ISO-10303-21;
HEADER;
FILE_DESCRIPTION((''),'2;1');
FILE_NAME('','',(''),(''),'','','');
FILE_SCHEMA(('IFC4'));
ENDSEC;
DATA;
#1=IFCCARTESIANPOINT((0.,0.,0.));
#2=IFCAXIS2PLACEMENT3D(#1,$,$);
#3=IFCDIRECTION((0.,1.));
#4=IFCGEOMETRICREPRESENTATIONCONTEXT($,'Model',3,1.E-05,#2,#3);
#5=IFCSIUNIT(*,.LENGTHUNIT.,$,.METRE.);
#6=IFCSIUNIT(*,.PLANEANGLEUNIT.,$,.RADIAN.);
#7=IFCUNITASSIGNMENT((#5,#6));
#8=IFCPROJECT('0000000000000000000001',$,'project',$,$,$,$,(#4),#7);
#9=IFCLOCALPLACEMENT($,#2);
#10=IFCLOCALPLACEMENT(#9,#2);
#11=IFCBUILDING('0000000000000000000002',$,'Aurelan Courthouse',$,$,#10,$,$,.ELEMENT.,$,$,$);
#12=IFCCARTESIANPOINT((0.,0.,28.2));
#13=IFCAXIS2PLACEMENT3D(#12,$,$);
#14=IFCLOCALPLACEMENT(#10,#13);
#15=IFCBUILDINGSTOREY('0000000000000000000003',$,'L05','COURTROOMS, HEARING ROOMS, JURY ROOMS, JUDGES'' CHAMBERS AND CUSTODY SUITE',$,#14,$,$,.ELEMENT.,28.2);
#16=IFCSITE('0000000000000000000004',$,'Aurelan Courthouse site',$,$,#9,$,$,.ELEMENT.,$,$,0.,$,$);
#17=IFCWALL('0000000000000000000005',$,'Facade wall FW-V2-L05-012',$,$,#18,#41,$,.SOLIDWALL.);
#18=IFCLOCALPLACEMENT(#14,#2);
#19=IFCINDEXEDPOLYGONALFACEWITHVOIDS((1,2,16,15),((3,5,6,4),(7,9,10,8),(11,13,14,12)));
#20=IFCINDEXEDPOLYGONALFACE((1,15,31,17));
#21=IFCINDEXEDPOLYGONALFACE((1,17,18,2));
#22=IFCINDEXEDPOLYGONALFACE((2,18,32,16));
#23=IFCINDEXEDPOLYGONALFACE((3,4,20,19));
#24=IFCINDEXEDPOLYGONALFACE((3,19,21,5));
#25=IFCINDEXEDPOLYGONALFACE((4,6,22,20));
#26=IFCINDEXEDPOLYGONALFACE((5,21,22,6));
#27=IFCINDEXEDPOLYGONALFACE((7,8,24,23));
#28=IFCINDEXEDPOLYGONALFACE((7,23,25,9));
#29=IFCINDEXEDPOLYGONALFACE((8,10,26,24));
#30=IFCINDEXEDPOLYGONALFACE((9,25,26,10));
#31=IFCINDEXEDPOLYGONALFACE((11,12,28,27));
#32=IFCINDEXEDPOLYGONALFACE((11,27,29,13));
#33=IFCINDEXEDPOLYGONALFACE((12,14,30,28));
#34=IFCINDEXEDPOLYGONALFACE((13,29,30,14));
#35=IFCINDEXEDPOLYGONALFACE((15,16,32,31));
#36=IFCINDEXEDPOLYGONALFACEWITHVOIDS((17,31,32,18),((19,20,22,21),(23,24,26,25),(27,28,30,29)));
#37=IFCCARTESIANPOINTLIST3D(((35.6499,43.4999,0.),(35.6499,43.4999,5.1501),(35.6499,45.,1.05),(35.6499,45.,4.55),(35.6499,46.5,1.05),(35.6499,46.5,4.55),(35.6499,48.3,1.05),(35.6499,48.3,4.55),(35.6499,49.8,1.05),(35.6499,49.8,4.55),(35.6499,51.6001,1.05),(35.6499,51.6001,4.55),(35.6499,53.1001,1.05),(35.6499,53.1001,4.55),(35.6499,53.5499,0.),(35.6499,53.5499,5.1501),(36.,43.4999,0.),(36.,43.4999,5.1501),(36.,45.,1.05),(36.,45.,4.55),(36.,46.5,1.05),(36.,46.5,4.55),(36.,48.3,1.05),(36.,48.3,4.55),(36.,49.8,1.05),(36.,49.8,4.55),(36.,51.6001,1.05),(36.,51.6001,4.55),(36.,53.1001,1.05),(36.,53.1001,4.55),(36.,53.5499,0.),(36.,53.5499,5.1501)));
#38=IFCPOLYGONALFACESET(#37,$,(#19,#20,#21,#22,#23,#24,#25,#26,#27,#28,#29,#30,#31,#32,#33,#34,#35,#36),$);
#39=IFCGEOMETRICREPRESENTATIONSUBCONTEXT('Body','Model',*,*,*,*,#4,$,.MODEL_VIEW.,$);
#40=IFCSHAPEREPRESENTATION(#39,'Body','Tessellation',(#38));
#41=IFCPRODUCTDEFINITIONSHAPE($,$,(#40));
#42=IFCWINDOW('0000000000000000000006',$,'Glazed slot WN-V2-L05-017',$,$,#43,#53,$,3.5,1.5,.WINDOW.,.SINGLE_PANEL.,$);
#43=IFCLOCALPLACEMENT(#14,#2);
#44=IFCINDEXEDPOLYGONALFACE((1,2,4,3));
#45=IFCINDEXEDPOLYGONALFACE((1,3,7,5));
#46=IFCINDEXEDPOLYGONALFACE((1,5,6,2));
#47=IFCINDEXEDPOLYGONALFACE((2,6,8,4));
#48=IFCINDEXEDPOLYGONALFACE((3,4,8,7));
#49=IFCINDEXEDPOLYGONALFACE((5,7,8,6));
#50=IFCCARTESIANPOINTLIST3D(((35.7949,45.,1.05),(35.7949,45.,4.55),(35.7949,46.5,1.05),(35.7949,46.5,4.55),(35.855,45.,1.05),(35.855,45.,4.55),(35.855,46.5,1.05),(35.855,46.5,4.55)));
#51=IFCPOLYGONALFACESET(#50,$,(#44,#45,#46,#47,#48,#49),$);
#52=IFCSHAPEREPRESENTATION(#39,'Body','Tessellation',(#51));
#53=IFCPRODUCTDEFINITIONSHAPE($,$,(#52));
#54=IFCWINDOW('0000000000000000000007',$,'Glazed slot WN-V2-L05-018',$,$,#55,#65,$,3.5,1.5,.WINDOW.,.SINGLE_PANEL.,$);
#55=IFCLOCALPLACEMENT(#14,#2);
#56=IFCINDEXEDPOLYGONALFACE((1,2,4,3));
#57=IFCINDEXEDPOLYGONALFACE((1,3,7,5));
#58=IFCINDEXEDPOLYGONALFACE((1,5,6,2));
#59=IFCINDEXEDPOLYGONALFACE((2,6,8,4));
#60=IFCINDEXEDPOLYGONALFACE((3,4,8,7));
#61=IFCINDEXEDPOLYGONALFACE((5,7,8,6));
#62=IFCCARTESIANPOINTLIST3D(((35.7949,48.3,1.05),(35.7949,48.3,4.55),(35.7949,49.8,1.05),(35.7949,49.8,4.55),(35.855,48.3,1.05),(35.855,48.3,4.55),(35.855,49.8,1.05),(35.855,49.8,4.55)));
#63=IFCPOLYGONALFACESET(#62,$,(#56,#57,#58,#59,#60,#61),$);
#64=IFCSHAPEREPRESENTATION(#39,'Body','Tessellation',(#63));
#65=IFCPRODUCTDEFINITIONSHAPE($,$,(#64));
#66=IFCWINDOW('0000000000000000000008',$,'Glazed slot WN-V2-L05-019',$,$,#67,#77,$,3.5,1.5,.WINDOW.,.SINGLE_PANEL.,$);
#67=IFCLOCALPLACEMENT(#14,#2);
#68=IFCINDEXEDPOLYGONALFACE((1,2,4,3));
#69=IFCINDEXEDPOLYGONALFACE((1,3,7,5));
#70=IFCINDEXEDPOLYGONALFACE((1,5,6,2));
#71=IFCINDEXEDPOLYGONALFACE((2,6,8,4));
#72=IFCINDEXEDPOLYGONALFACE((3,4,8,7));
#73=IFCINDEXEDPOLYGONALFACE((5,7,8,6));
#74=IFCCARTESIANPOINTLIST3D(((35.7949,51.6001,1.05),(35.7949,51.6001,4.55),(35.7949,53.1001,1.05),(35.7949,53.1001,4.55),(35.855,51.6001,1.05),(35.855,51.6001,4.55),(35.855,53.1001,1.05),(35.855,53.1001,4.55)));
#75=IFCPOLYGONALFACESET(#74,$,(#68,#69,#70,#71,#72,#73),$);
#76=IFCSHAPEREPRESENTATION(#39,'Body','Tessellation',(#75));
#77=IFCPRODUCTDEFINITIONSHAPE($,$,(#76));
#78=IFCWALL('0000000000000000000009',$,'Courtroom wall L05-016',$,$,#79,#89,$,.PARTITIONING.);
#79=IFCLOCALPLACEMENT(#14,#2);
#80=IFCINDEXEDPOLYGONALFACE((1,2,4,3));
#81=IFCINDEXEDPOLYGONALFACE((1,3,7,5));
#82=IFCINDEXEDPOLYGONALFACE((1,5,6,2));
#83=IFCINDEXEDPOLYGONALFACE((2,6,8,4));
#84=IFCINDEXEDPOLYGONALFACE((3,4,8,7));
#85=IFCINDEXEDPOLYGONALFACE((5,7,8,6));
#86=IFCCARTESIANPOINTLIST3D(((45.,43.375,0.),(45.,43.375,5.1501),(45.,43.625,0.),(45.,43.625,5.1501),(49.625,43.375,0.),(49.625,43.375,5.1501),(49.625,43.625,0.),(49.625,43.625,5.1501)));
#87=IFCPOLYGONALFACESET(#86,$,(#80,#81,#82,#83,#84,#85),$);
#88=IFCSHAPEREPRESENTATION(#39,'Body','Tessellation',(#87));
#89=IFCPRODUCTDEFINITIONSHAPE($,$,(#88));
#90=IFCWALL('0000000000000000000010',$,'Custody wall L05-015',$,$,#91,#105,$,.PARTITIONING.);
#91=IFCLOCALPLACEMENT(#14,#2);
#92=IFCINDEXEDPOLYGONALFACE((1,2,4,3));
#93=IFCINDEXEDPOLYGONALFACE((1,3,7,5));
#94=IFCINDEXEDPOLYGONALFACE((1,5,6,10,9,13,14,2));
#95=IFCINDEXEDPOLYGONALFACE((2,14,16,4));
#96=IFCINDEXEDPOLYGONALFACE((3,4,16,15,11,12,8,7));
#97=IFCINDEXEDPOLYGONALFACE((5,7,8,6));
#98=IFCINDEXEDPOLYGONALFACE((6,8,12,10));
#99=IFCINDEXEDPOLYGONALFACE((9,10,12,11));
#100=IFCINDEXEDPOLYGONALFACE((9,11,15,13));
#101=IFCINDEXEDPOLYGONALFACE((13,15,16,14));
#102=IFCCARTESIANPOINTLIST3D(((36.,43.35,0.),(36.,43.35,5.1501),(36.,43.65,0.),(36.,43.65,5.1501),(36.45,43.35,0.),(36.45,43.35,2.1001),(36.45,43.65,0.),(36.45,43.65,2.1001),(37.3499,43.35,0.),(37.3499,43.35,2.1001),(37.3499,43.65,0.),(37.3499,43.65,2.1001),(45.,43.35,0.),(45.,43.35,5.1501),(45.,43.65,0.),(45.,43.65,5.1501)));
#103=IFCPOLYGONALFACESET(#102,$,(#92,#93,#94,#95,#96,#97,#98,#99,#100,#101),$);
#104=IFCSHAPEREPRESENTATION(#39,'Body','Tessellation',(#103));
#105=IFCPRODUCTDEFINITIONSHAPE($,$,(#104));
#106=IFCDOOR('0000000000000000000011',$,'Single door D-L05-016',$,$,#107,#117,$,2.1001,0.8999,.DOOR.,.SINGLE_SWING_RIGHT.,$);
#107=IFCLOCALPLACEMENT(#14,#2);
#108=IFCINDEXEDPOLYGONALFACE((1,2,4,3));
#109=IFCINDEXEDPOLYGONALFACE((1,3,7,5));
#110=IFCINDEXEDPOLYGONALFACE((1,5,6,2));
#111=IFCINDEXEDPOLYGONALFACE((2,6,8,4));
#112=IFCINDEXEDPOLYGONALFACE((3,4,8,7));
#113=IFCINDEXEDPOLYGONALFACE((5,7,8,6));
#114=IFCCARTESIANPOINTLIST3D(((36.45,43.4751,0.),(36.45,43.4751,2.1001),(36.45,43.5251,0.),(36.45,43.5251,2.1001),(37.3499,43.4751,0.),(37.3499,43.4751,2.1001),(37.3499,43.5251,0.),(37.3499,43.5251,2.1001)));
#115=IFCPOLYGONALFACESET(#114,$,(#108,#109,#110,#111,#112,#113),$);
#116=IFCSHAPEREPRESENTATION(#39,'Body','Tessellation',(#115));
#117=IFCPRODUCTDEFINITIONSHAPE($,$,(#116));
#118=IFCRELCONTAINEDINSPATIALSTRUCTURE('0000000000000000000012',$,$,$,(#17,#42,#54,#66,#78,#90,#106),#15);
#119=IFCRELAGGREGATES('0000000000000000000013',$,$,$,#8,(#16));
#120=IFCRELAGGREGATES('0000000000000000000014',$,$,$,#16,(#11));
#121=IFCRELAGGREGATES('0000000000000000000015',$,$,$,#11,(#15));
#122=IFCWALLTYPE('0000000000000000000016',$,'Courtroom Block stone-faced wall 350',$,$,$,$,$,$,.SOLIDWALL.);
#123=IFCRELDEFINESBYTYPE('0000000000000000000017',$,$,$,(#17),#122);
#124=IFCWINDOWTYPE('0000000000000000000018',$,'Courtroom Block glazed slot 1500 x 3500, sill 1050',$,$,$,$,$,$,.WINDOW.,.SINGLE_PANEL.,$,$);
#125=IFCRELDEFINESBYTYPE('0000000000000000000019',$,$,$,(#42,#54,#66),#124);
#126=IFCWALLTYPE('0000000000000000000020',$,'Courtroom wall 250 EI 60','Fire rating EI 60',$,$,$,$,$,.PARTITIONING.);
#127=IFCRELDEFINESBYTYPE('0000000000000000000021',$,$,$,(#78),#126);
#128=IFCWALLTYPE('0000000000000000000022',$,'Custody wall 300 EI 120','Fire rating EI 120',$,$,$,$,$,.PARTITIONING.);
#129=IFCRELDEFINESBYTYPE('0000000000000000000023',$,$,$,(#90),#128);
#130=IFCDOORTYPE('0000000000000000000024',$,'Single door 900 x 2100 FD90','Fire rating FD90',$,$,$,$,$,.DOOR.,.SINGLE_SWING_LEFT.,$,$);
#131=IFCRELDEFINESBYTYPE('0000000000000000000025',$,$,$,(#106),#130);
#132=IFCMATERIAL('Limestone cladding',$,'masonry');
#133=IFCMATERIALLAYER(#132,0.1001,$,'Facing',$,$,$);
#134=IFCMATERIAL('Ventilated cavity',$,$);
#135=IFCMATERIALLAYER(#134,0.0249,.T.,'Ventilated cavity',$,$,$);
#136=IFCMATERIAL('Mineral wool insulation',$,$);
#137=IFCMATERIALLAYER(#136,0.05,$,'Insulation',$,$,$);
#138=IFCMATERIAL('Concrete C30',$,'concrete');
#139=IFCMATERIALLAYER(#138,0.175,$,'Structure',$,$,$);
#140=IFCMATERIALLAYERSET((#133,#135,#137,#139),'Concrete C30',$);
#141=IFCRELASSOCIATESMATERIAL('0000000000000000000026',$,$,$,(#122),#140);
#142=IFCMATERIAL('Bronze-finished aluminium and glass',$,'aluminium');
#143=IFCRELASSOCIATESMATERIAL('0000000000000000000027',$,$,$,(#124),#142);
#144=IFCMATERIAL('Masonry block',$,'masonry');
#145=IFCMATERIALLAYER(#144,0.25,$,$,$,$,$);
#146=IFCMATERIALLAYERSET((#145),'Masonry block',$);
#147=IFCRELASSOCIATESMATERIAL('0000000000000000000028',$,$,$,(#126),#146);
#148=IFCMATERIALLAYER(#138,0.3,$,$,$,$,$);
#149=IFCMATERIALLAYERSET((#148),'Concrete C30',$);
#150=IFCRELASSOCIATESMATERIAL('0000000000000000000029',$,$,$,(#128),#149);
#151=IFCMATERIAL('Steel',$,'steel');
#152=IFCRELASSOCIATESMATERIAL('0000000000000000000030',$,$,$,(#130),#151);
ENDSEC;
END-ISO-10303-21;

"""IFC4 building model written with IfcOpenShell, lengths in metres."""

from ifc_helpers import new_model, si_unit, direction, frame, frame_2d, origin, place, context, subcontext, project, spatial, rectangle, extrude, material, layer, layer_set, type_object, element, fill, save


model = new_model("IFC4")

# Units and contexts
model_context = context("Model", 3, precision=1e-05, world=origin(), true_north=direction((0.0, 1.0)))
body_context = subcontext(model_context, "Body", "Model", "MODEL_VIEW")
ifc_project = project(units=[si_unit("LENGTHUNIT", "METRE"), si_unit("PLANEANGLEUNIT", "RADIAN")], contexts=[model_context])

# Site, building, storey
site_placement = place(None, origin())
site = spatial("IfcSite", under=ifc_project, at=site_placement, Name="Aurelan Courthouse site", CompositionType="ELEMENT", RefElevation=0.0)
building_placement = place(site_placement, origin())
building = spatial("IfcBuilding", under=site, at=building_placement, Name="Aurelan Courthouse", CompositionType="ELEMENT")
storey_placement = place(building_placement, frame((0.0, 0.0, 28.2)))
storey = spatial("IfcBuildingStorey", under=building, at=storey_placement, Name="L05", Description="COURTROOMS, HEARING ROOMS, JURY ROOMS, JUDGES' CHAMBERS AND CUSTODY SUITE", CompositionType="ELEMENT", Elevation=28.2)

# Shared definitions
ifc_material_1 = material(Name="Steel", Category="steel")

# Wall, openings, windows
ifc_material_2 = material(Name="Limestone cladding", Category="masonry")
ifc_layer_1 = layer(ifc_material_2, 0.1001, Name="Facing")
ifc_material_3 = material(Name="Ventilated cavity")
ifc_layer_2 = layer(ifc_material_3, 0.0249, ventilated=True, Name="Ventilated cavity")
ifc_material_4 = material(Name="Mineral wool insulation")
ifc_layer_3 = layer(ifc_material_4, 0.05, Name="Insulation")
ifc_material_5 = material(Name="Concrete C30", Category="concrete")
ifc_layer_4 = layer(ifc_material_5, 0.175, Name="Structure")
ifc_layer_set_1 = layer_set([ifc_layer_1, ifc_layer_2, ifc_layer_3, ifc_layer_4], Name="Concrete C30")
wall_type_1 = type_object("IfcWallType", Name="Courtroom Block stone-faced wall 350", PredefinedType="SOLIDWALL", material=ifc_layer_set_1)
ifc_material_6 = material(Name="Bronze-finished aluminium and glass", Category="aluminium")
window_type = type_object("IfcWindowType", Name="Courtroom Block glazed slot 1500 x 3500, sill 1050", PartitioningType="SINGLE_PANEL", PredefinedType="WINDOW", material=ifc_material_6)
wall_1_placement = place(storey_placement, frame((35.825, 43.5, 0.0), z_axis=(0.0, 0.0, 1.0), x_axis=(0.0, 1.0, 0.0)))
wall_1 = element("IfcWall", 1, at=wall_1_placement, inside=storey, type_object=wall_type_1, Name="Facade wall FW-V2-L05-012", PredefinedType="SOLIDWALL", context=body_context, shape_type="SweptSolid", body=[
    extrude(rectangle(XDim=10.05, YDim=0.3501, at=frame_2d((5.0249, 0.0))), origin(), (0.0, 0.0, 1.0), 5.1501),
])
opening_1_placement = place(wall_1_placement, frame((1.5, 0.0, 1.05)))
opening_1 = element("IfcOpeningElement", 2, at=opening_1_placement, cuts=wall_1, PredefinedType="OPENING", context=body_context, shape_type="SweptSolid", body=[
    extrude(rectangle(XDim=1.5, YDim=3.5, at=frame_2d((0.75, 1.75))), frame((0.0, 0.1851, 0.0), z_axis=(0.0, -1.0, 0.0), x_axis=(1.0, 0.0, 0.0)), (0.0, 0.0, 1.0), 0.3701),
])
opening_2_placement = place(wall_1_placement, frame((4.8, 0.0, 1.05)))
opening_2 = element("IfcOpeningElement", 3, at=opening_2_placement, cuts=wall_1, PredefinedType="OPENING", context=body_context, shape_type="SweptSolid", body=[
    extrude(rectangle(XDim=1.5, YDim=3.5, at=frame_2d((0.75, 1.75))), frame((0.0, 0.1851, 0.0), z_axis=(0.0, -1.0, 0.0), x_axis=(1.0, 0.0, 0.0)), (0.0, 0.0, 1.0), 0.3701),
])
opening_3_placement = place(wall_1_placement, frame((8.1001, 0.0, 1.05)))
opening_3 = element("IfcOpeningElement", 4, at=opening_3_placement, cuts=wall_1, PredefinedType="OPENING", context=body_context, shape_type="SweptSolid", body=[
    extrude(rectangle(XDim=1.5, YDim=3.5, at=frame_2d((0.75, 1.75))), frame((0.0, 0.1851, 0.0), z_axis=(0.0, -1.0, 0.0), x_axis=(1.0, 0.0, 0.0)), (0.0, 0.0, 1.0), 0.3701),
])
window_1_placement = place(opening_1_placement, origin())
window_1 = element("IfcWindow", 5, at=window_1_placement, inside=storey, type_object=window_type, Name="Glazed slot WN-V2-L05-017", OverallHeight=3.5, OverallWidth=1.5, PartitioningType="SINGLE_PANEL", PredefinedType="WINDOW", context=body_context, shape_type="SweptSolid", body=[
    extrude(rectangle(XDim=1.5, YDim=3.5, at=frame_2d((0.75, 1.75))), frame((0.0, 0.03, 0.0), z_axis=(0.0, -1.0, 0.0), x_axis=(1.0, 0.0, 0.0)), (0.0, 0.0, 1.0), 0.0601),
])
fill(opening_1, window_1)
window_2_placement = place(opening_2_placement, origin())
window_2 = element("IfcWindow", 6, at=window_2_placement, inside=storey, type_object=window_type, Name="Glazed slot WN-V2-L05-018", OverallHeight=3.5, OverallWidth=1.5, PartitioningType="SINGLE_PANEL", PredefinedType="WINDOW", context=body_context, shape_type="SweptSolid", body=[
    extrude(rectangle(XDim=1.5, YDim=3.5, at=frame_2d((0.75, 1.75))), frame((0.0, 0.03, 0.0), z_axis=(0.0, -1.0, 0.0), x_axis=(1.0, 0.0, 0.0)), (0.0, 0.0, 1.0), 0.0601),
])
fill(opening_2, window_2)
window_3_placement = place(opening_3_placement, origin())
window_3 = element("IfcWindow", 7, at=window_3_placement, inside=storey, type_object=window_type, Name="Glazed slot WN-V2-L05-019", OverallHeight=3.5, OverallWidth=1.5, PartitioningType="SINGLE_PANEL", PredefinedType="WINDOW", context=body_context, shape_type="SweptSolid", body=[
    extrude(rectangle(XDim=1.5, YDim=3.5, at=frame_2d((0.75, 1.75))), frame((0.0, 0.03, 0.0), z_axis=(0.0, -1.0, 0.0), x_axis=(1.0, 0.0, 0.0)), (0.0, 0.0, 1.0), 0.0601),
])
fill(opening_3, window_3)

# Wall
ifc_material_7 = material(Name="Masonry block", Category="masonry")
ifc_layer_5 = layer(ifc_material_7, 0.25)
ifc_layer_set_2 = layer_set([ifc_layer_5], Name="Masonry block")
wall_type_2 = type_object("IfcWallType", Name="Courtroom wall 250 EI 60", Description="Fire rating EI 60", PredefinedType="PARTITIONING", material=ifc_layer_set_2)
wall_2_placement = place(storey_placement, frame((45.0, 43.5, 0.0), z_axis=(0.0, 0.0, 1.0), x_axis=(1.0, 0.0, 0.0)))
element("IfcWall", 8, at=wall_2_placement, inside=storey, type_object=wall_type_2, Name="Courtroom wall L05-016", PredefinedType="PARTITIONING", context=body_context, shape_type="SweptSolid", body=[
    extrude(rectangle(XDim=4.625, YDim=0.25, at=frame_2d((2.3125, 0.0))), origin(), (0.0, 0.0, 1.0), 5.1501),
])

# Wall, opening, door
ifc_layer_6 = layer(ifc_material_5, 0.3)
ifc_layer_set_3 = layer_set([ifc_layer_6], Name="Concrete C30")
wall_type_3 = type_object("IfcWallType", Name="Custody wall 300 EI 120", Description="Fire rating EI 120", PredefinedType="PARTITIONING", material=ifc_layer_set_3)
wall_3_placement = place(storey_placement, frame((36.0, 43.5, 0.0), z_axis=(0.0, 0.0, 1.0), x_axis=(1.0, 0.0, 0.0)))
wall_3 = element("IfcWall", 9, at=wall_3_placement, inside=storey, type_object=wall_type_3, Name="Custody wall L05-015", PredefinedType="PARTITIONING", context=body_context, shape_type="SweptSolid", body=[
    extrude(rectangle(XDim=9.0, YDim=0.3, at=frame_2d((4.5, 0.0))), origin(), (0.0, 0.0, 1.0), 5.1501),
])
opening_4_placement = place(wall_3_placement, frame((1.3499, 0.0, 0.0), z_axis=(0.0, 0.0, 1.0), x_axis=(-1.0, 0.0, 0.0)))
opening_4 = element("IfcOpeningElement", 10, at=opening_4_placement, cuts=wall_3, PredefinedType="OPENING", context=body_context, shape_type="SweptSolid", body=[
    extrude(rectangle(XDim=0.8999, YDim=2.1001, at=frame_2d((0.45, 1.05))), frame((0.0, 0.1599, 0.0), z_axis=(0.0, -1.0, 0.0), x_axis=(1.0, 0.0, 0.0)), (0.0, 0.0, 1.0), 0.3201),
])
door_type_1 = type_object("IfcDoorType", Name="Single door 900 x 2100 FD90", Description="Fire rating FD90", OperationType="SINGLE_SWING_LEFT", PredefinedType="DOOR", material=ifc_material_1)
door_1_placement = place(opening_4_placement, origin())
door_1 = element("IfcDoor", 11, at=door_1_placement, inside=storey, type_object=door_type_1, Name="Single door D-L05-016", OperationType="SINGLE_SWING_RIGHT", OverallHeight=2.1001, OverallWidth=0.8999, PredefinedType="DOOR", context=body_context, shape_type="SweptSolid", body=[
    extrude(rectangle(XDim=0.8999, YDim=2.1001, at=frame_2d((0.45, 1.05))), frame((0.0, 0.0249, 0.0), z_axis=(0.0, -1.0, 0.0), x_axis=(1.0, 0.0, 0.0)), (0.0, 0.0, 1.0), 0.05),
])
fill(opening_4, door_1)

save(model, "model.ifc")
